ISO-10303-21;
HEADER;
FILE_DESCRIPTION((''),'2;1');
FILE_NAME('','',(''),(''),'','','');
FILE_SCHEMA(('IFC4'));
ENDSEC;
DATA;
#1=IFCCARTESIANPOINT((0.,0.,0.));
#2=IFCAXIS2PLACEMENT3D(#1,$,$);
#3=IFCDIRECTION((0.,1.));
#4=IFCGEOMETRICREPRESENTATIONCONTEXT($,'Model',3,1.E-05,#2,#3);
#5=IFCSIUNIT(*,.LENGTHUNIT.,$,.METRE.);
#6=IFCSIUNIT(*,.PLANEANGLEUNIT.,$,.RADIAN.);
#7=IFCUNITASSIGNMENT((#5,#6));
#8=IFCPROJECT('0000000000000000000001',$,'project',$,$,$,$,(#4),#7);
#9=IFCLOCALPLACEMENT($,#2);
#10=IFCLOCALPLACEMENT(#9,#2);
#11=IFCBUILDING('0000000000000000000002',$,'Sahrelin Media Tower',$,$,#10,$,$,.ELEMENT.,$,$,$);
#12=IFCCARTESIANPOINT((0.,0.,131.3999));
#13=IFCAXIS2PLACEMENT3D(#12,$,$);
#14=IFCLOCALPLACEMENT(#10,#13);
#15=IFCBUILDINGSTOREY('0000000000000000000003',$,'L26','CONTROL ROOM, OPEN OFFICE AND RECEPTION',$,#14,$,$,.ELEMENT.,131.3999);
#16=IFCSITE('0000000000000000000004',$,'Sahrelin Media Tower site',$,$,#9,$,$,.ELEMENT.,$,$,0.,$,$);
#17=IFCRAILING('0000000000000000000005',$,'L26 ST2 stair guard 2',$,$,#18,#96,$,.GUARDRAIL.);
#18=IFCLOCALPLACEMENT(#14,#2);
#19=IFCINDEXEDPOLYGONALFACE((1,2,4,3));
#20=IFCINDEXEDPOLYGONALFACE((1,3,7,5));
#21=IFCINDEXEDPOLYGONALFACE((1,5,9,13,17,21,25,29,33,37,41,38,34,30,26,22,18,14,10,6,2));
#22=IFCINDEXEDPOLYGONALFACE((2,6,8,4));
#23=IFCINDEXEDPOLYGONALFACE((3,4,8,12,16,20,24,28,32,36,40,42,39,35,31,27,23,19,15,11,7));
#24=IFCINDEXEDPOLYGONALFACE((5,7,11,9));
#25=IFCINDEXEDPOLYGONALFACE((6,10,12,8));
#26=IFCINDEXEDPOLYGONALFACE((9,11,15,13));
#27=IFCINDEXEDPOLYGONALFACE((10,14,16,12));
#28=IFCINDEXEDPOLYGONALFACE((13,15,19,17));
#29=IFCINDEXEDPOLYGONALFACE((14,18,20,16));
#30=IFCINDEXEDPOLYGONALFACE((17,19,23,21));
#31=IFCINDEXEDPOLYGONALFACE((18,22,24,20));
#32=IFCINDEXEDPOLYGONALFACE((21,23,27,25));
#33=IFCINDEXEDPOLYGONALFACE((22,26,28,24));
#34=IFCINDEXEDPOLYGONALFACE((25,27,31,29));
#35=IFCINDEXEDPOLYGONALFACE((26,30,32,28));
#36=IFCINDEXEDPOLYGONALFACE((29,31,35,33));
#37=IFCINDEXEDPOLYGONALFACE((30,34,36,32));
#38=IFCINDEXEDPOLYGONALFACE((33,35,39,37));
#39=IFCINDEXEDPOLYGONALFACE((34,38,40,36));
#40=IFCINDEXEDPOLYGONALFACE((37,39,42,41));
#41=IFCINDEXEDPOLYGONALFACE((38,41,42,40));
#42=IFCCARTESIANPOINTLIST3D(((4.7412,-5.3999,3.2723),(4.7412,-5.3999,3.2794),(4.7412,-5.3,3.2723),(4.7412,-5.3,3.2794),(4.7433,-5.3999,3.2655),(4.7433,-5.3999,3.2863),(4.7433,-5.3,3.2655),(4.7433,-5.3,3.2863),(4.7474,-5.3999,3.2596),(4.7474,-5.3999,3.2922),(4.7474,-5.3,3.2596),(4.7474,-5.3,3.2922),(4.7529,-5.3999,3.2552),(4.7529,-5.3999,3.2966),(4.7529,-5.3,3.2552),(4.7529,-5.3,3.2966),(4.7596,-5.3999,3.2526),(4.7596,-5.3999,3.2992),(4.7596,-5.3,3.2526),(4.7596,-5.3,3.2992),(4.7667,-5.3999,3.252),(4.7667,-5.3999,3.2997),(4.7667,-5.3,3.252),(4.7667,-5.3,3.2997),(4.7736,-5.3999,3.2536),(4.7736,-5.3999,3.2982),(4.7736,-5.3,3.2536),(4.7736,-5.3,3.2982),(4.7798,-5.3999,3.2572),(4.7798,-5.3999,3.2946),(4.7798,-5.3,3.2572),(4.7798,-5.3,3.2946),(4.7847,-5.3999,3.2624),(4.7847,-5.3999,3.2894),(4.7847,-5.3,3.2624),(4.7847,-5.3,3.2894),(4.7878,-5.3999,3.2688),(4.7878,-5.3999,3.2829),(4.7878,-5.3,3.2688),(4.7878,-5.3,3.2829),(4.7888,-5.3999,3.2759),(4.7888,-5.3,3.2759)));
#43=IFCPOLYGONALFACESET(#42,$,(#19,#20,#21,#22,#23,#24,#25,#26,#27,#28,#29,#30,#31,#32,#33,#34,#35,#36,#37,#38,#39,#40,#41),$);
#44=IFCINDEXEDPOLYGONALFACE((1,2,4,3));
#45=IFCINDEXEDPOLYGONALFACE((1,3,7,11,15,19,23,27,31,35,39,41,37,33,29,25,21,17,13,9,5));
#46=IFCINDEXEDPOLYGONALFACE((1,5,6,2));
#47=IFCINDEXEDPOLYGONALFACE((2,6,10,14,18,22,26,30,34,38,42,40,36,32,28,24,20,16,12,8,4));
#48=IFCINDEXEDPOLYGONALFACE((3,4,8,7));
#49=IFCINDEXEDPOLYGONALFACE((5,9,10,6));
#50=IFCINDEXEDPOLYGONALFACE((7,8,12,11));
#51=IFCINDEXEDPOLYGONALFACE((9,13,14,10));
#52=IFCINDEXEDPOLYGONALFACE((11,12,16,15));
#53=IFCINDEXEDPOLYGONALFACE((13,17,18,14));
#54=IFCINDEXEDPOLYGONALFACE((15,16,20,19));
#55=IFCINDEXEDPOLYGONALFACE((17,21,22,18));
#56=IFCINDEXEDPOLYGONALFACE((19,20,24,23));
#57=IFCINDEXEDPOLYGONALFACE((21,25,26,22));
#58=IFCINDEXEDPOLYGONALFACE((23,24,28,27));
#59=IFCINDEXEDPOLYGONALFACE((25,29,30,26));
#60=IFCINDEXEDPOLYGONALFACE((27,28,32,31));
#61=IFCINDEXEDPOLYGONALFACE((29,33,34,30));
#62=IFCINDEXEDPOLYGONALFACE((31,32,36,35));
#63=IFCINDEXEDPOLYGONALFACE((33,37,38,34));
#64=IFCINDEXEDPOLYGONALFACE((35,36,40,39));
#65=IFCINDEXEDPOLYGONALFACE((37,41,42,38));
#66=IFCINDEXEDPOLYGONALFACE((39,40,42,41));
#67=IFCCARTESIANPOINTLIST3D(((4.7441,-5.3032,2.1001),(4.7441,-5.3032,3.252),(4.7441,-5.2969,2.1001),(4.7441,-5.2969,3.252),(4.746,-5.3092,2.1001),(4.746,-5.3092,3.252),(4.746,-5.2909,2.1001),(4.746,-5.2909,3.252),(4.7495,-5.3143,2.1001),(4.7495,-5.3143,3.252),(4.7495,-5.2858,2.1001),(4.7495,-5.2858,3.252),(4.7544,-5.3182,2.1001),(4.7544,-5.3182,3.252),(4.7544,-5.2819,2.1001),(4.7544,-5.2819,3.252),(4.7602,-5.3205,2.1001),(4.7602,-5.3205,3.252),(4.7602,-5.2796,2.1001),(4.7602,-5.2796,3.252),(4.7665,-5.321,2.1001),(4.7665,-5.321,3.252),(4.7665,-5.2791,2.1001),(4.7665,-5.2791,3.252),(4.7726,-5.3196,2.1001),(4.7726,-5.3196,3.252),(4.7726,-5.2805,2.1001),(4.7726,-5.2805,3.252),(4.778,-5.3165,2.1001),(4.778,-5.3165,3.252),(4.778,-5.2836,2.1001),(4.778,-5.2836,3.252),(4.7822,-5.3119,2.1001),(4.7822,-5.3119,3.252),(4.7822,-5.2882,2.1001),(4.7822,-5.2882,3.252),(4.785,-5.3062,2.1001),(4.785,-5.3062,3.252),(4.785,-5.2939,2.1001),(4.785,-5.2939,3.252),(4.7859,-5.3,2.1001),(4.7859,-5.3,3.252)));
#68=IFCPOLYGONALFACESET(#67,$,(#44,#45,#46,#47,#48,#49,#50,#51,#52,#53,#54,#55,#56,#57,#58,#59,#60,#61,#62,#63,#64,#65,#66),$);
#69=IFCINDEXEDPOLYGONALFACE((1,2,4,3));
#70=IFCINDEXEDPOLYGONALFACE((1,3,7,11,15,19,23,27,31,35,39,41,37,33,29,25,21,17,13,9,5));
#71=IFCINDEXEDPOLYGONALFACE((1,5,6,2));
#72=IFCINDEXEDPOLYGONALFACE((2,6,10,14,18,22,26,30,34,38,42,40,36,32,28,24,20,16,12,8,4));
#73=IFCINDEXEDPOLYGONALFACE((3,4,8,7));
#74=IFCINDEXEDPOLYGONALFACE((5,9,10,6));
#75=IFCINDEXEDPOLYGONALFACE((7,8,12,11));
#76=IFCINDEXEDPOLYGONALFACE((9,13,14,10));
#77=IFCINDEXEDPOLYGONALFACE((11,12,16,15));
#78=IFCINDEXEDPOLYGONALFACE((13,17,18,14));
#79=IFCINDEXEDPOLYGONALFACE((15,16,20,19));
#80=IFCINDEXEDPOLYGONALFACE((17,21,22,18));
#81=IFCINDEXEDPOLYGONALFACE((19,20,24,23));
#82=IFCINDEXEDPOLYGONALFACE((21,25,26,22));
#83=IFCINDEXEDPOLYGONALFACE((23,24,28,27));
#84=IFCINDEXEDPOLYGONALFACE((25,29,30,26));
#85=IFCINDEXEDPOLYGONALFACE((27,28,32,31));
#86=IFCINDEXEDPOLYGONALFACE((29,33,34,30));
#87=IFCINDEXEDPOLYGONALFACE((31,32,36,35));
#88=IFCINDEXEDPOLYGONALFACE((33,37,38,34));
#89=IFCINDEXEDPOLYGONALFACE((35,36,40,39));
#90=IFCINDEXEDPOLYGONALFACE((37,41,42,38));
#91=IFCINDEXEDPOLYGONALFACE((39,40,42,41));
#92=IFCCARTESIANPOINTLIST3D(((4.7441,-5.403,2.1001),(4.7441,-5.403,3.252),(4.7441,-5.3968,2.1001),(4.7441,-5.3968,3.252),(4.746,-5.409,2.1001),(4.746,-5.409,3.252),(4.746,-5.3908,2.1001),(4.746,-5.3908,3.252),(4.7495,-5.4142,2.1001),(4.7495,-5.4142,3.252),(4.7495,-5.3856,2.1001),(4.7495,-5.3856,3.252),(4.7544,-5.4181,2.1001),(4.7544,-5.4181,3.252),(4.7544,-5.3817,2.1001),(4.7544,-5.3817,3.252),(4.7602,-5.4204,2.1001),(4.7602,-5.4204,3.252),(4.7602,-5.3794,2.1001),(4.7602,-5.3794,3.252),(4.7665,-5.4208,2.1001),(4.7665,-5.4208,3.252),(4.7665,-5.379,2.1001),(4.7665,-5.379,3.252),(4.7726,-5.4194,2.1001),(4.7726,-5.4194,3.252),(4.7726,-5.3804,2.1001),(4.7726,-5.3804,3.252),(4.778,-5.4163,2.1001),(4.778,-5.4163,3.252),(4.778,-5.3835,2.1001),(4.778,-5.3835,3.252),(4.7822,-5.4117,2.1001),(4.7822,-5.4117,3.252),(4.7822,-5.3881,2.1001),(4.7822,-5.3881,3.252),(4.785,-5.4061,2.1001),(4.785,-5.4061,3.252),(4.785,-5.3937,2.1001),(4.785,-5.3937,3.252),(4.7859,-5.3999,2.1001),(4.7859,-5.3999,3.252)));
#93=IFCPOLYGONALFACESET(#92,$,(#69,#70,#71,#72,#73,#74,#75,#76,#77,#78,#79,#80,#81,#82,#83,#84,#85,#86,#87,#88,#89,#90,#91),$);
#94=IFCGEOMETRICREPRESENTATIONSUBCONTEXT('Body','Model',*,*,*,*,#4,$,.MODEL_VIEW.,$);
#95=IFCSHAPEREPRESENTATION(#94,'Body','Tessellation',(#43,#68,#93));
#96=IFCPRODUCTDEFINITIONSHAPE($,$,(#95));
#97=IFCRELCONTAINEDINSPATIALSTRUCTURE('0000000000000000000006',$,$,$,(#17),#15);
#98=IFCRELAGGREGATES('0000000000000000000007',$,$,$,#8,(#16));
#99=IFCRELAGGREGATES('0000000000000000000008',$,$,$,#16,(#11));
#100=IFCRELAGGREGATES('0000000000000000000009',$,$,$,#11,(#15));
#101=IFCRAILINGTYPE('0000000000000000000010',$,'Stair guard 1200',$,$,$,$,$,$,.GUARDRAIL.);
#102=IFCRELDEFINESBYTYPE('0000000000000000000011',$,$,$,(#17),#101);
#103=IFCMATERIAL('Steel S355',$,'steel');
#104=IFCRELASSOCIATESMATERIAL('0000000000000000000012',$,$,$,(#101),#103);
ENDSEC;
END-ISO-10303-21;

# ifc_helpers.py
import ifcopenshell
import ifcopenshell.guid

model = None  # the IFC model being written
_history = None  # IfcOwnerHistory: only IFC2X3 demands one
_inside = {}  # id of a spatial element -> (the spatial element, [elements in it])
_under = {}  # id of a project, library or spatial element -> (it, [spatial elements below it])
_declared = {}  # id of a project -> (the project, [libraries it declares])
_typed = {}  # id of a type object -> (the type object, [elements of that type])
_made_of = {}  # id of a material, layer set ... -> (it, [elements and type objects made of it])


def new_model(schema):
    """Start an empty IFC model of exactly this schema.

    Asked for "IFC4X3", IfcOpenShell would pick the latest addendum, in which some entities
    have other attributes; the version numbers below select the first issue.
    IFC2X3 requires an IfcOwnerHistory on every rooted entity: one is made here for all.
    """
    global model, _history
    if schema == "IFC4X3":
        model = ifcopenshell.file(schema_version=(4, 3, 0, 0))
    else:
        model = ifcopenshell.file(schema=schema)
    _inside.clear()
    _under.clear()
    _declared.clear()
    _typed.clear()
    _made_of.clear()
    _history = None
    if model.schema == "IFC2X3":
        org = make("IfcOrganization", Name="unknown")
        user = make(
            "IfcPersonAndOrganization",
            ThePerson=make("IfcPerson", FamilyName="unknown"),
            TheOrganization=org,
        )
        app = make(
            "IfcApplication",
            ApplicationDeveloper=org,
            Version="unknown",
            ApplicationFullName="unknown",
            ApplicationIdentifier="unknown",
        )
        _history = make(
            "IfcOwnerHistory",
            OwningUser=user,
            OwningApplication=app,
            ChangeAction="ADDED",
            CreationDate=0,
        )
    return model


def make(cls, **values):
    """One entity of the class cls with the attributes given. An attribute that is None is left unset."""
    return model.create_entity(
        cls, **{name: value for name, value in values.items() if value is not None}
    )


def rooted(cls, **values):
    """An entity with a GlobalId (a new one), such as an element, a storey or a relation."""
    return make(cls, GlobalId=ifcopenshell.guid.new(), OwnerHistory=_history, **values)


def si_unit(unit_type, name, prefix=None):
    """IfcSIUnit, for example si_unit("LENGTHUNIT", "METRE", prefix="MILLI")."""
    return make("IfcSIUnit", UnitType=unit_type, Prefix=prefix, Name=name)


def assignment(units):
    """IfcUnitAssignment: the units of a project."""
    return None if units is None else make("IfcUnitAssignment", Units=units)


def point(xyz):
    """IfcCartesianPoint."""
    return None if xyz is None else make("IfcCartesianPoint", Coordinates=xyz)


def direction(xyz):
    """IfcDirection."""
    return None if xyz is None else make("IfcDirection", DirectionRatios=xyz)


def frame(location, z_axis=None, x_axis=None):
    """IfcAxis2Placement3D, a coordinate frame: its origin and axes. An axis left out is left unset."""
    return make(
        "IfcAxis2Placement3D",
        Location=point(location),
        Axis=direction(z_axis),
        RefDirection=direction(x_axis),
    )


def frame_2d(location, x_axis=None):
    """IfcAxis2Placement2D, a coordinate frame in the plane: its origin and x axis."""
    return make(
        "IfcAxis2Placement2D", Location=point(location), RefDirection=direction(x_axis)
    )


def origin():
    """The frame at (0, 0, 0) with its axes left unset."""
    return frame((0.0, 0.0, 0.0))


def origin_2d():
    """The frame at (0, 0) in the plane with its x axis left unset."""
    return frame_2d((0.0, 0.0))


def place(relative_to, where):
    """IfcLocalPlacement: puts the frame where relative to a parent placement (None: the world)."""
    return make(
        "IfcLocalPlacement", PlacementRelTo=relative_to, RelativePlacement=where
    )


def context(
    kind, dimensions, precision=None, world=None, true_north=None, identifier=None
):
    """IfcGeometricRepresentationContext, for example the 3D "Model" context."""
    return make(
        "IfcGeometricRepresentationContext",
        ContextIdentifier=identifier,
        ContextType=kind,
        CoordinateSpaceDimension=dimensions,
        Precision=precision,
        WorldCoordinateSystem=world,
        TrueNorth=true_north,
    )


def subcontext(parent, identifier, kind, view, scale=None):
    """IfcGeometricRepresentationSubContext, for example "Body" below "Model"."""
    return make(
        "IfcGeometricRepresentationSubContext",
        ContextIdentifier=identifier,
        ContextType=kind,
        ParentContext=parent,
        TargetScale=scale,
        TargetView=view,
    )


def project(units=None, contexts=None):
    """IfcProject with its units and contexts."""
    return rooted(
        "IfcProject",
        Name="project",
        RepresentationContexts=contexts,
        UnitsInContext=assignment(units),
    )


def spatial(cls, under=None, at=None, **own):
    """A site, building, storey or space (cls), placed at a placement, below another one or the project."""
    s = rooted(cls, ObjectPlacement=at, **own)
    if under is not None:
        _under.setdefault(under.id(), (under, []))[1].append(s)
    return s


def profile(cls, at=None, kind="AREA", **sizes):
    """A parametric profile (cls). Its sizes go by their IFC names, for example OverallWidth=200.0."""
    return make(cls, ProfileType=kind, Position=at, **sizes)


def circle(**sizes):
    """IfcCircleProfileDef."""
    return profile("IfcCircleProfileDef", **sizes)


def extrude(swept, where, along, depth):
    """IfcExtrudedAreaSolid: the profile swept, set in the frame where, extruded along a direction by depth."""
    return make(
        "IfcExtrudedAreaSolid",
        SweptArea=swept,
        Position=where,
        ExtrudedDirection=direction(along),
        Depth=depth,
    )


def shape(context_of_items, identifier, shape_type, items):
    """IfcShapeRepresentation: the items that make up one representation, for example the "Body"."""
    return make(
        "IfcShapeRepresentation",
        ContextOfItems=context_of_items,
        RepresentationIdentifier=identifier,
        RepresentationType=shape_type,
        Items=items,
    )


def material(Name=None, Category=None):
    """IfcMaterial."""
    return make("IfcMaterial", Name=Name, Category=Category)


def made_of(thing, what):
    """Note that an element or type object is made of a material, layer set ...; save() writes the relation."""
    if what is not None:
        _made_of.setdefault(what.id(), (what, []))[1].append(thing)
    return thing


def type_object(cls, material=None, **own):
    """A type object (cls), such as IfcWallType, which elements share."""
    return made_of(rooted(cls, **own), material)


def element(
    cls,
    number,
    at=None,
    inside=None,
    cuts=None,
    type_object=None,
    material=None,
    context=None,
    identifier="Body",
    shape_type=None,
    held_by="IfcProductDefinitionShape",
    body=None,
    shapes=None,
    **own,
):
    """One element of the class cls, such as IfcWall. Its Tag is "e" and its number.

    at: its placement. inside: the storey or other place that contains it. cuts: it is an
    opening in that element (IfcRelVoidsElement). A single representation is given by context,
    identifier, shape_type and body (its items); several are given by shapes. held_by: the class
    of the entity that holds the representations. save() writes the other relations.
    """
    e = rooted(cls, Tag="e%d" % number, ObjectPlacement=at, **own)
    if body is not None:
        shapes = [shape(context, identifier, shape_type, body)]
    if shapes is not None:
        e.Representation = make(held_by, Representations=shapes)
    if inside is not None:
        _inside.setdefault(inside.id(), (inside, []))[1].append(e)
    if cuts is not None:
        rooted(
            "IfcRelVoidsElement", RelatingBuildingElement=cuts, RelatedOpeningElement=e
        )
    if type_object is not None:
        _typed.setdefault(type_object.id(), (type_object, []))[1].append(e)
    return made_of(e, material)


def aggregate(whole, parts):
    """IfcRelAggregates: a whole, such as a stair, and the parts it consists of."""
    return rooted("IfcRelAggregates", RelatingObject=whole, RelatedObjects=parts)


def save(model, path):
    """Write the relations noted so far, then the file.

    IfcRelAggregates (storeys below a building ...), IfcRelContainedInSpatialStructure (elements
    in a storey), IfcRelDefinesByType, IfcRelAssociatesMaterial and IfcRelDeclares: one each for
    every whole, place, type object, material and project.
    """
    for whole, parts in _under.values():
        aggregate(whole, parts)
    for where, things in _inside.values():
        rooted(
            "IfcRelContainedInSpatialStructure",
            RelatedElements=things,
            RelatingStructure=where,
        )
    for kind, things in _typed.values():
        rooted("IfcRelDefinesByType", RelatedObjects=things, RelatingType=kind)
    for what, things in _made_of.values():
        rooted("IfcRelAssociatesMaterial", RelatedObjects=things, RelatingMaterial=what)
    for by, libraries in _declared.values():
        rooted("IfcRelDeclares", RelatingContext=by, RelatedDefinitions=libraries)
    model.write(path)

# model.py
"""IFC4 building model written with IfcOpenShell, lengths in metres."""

from ifc_helpers import new_model, si_unit, direction, frame, origin, origin_2d, place, context, subcontext, project, spatial, circle, extrude, material, type_object, element, save


model = new_model("IFC4")

# Units and contexts
model_context = context("Model", 3, precision=1e-05, world=origin(), true_north=direction((0.0, 1.0)))
body_context = subcontext(model_context, "Body", "Model", "MODEL_VIEW")
ifc_project = project(units=[si_unit("LENGTHUNIT", "METRE"), si_unit("PLANEANGLEUNIT", "RADIAN")], contexts=[model_context])

# Site, building, storey
site_placement = place(None, origin())
site = spatial("IfcSite", under=ifc_project, at=site_placement, Name="Sahrelin Media Tower site", CompositionType="ELEMENT", RefElevation=0.0)
building_placement = place(site_placement, origin())
building = spatial("IfcBuilding", under=site, at=building_placement, Name="Sahrelin Media Tower", CompositionType="ELEMENT")
storey_placement = place(building_placement, frame((0.0, 0.0, 131.3999)))
storey = spatial("IfcBuildingStorey", under=building, at=storey_placement, Name="L26", Description="CONTROL ROOM, OPEN OFFICE AND RECEPTION", CompositionType="ELEMENT", Elevation=131.3999)

# Shared definitions
ifc_material_1 = material(Name="Steel S355", Category="steel")

# Railing
railing_type_1 = type_object("IfcRailingType", Name="Stair guard 1200", PredefinedType="GUARDRAIL", material=ifc_material_1)
railing_1_placement = place(storey_placement, frame((4.7649, -5.3, 2.1001)))
element("IfcRailing", 1, at=railing_1_placement, inside=storey, type_object=railing_type_1, Name="L26 ST2 stair guard 2", PredefinedType="GUARDRAIL", context=body_context, shape_type="SweptSolid", body=[
    extrude(circle(Radius=0.0239, at=origin_2d()), frame((0.0, 0.0, 1.1758), z_axis=(0.0, -1.0, 0.0), x_axis=(1.0, 0.0, 0.0)), (0.0, 0.0, 1.0), 0.0999),
    extrude(circle(Radius=0.021, at=origin_2d()), origin(), (0.0, 0.0, 1.0), 1.1519),
    extrude(circle(Radius=0.021, at=origin_2d()), frame((0.0, -0.0999, 0.0)), (0.0, 0.0, 1.0), 1.1519),
])

save(model, "model.ifc")
